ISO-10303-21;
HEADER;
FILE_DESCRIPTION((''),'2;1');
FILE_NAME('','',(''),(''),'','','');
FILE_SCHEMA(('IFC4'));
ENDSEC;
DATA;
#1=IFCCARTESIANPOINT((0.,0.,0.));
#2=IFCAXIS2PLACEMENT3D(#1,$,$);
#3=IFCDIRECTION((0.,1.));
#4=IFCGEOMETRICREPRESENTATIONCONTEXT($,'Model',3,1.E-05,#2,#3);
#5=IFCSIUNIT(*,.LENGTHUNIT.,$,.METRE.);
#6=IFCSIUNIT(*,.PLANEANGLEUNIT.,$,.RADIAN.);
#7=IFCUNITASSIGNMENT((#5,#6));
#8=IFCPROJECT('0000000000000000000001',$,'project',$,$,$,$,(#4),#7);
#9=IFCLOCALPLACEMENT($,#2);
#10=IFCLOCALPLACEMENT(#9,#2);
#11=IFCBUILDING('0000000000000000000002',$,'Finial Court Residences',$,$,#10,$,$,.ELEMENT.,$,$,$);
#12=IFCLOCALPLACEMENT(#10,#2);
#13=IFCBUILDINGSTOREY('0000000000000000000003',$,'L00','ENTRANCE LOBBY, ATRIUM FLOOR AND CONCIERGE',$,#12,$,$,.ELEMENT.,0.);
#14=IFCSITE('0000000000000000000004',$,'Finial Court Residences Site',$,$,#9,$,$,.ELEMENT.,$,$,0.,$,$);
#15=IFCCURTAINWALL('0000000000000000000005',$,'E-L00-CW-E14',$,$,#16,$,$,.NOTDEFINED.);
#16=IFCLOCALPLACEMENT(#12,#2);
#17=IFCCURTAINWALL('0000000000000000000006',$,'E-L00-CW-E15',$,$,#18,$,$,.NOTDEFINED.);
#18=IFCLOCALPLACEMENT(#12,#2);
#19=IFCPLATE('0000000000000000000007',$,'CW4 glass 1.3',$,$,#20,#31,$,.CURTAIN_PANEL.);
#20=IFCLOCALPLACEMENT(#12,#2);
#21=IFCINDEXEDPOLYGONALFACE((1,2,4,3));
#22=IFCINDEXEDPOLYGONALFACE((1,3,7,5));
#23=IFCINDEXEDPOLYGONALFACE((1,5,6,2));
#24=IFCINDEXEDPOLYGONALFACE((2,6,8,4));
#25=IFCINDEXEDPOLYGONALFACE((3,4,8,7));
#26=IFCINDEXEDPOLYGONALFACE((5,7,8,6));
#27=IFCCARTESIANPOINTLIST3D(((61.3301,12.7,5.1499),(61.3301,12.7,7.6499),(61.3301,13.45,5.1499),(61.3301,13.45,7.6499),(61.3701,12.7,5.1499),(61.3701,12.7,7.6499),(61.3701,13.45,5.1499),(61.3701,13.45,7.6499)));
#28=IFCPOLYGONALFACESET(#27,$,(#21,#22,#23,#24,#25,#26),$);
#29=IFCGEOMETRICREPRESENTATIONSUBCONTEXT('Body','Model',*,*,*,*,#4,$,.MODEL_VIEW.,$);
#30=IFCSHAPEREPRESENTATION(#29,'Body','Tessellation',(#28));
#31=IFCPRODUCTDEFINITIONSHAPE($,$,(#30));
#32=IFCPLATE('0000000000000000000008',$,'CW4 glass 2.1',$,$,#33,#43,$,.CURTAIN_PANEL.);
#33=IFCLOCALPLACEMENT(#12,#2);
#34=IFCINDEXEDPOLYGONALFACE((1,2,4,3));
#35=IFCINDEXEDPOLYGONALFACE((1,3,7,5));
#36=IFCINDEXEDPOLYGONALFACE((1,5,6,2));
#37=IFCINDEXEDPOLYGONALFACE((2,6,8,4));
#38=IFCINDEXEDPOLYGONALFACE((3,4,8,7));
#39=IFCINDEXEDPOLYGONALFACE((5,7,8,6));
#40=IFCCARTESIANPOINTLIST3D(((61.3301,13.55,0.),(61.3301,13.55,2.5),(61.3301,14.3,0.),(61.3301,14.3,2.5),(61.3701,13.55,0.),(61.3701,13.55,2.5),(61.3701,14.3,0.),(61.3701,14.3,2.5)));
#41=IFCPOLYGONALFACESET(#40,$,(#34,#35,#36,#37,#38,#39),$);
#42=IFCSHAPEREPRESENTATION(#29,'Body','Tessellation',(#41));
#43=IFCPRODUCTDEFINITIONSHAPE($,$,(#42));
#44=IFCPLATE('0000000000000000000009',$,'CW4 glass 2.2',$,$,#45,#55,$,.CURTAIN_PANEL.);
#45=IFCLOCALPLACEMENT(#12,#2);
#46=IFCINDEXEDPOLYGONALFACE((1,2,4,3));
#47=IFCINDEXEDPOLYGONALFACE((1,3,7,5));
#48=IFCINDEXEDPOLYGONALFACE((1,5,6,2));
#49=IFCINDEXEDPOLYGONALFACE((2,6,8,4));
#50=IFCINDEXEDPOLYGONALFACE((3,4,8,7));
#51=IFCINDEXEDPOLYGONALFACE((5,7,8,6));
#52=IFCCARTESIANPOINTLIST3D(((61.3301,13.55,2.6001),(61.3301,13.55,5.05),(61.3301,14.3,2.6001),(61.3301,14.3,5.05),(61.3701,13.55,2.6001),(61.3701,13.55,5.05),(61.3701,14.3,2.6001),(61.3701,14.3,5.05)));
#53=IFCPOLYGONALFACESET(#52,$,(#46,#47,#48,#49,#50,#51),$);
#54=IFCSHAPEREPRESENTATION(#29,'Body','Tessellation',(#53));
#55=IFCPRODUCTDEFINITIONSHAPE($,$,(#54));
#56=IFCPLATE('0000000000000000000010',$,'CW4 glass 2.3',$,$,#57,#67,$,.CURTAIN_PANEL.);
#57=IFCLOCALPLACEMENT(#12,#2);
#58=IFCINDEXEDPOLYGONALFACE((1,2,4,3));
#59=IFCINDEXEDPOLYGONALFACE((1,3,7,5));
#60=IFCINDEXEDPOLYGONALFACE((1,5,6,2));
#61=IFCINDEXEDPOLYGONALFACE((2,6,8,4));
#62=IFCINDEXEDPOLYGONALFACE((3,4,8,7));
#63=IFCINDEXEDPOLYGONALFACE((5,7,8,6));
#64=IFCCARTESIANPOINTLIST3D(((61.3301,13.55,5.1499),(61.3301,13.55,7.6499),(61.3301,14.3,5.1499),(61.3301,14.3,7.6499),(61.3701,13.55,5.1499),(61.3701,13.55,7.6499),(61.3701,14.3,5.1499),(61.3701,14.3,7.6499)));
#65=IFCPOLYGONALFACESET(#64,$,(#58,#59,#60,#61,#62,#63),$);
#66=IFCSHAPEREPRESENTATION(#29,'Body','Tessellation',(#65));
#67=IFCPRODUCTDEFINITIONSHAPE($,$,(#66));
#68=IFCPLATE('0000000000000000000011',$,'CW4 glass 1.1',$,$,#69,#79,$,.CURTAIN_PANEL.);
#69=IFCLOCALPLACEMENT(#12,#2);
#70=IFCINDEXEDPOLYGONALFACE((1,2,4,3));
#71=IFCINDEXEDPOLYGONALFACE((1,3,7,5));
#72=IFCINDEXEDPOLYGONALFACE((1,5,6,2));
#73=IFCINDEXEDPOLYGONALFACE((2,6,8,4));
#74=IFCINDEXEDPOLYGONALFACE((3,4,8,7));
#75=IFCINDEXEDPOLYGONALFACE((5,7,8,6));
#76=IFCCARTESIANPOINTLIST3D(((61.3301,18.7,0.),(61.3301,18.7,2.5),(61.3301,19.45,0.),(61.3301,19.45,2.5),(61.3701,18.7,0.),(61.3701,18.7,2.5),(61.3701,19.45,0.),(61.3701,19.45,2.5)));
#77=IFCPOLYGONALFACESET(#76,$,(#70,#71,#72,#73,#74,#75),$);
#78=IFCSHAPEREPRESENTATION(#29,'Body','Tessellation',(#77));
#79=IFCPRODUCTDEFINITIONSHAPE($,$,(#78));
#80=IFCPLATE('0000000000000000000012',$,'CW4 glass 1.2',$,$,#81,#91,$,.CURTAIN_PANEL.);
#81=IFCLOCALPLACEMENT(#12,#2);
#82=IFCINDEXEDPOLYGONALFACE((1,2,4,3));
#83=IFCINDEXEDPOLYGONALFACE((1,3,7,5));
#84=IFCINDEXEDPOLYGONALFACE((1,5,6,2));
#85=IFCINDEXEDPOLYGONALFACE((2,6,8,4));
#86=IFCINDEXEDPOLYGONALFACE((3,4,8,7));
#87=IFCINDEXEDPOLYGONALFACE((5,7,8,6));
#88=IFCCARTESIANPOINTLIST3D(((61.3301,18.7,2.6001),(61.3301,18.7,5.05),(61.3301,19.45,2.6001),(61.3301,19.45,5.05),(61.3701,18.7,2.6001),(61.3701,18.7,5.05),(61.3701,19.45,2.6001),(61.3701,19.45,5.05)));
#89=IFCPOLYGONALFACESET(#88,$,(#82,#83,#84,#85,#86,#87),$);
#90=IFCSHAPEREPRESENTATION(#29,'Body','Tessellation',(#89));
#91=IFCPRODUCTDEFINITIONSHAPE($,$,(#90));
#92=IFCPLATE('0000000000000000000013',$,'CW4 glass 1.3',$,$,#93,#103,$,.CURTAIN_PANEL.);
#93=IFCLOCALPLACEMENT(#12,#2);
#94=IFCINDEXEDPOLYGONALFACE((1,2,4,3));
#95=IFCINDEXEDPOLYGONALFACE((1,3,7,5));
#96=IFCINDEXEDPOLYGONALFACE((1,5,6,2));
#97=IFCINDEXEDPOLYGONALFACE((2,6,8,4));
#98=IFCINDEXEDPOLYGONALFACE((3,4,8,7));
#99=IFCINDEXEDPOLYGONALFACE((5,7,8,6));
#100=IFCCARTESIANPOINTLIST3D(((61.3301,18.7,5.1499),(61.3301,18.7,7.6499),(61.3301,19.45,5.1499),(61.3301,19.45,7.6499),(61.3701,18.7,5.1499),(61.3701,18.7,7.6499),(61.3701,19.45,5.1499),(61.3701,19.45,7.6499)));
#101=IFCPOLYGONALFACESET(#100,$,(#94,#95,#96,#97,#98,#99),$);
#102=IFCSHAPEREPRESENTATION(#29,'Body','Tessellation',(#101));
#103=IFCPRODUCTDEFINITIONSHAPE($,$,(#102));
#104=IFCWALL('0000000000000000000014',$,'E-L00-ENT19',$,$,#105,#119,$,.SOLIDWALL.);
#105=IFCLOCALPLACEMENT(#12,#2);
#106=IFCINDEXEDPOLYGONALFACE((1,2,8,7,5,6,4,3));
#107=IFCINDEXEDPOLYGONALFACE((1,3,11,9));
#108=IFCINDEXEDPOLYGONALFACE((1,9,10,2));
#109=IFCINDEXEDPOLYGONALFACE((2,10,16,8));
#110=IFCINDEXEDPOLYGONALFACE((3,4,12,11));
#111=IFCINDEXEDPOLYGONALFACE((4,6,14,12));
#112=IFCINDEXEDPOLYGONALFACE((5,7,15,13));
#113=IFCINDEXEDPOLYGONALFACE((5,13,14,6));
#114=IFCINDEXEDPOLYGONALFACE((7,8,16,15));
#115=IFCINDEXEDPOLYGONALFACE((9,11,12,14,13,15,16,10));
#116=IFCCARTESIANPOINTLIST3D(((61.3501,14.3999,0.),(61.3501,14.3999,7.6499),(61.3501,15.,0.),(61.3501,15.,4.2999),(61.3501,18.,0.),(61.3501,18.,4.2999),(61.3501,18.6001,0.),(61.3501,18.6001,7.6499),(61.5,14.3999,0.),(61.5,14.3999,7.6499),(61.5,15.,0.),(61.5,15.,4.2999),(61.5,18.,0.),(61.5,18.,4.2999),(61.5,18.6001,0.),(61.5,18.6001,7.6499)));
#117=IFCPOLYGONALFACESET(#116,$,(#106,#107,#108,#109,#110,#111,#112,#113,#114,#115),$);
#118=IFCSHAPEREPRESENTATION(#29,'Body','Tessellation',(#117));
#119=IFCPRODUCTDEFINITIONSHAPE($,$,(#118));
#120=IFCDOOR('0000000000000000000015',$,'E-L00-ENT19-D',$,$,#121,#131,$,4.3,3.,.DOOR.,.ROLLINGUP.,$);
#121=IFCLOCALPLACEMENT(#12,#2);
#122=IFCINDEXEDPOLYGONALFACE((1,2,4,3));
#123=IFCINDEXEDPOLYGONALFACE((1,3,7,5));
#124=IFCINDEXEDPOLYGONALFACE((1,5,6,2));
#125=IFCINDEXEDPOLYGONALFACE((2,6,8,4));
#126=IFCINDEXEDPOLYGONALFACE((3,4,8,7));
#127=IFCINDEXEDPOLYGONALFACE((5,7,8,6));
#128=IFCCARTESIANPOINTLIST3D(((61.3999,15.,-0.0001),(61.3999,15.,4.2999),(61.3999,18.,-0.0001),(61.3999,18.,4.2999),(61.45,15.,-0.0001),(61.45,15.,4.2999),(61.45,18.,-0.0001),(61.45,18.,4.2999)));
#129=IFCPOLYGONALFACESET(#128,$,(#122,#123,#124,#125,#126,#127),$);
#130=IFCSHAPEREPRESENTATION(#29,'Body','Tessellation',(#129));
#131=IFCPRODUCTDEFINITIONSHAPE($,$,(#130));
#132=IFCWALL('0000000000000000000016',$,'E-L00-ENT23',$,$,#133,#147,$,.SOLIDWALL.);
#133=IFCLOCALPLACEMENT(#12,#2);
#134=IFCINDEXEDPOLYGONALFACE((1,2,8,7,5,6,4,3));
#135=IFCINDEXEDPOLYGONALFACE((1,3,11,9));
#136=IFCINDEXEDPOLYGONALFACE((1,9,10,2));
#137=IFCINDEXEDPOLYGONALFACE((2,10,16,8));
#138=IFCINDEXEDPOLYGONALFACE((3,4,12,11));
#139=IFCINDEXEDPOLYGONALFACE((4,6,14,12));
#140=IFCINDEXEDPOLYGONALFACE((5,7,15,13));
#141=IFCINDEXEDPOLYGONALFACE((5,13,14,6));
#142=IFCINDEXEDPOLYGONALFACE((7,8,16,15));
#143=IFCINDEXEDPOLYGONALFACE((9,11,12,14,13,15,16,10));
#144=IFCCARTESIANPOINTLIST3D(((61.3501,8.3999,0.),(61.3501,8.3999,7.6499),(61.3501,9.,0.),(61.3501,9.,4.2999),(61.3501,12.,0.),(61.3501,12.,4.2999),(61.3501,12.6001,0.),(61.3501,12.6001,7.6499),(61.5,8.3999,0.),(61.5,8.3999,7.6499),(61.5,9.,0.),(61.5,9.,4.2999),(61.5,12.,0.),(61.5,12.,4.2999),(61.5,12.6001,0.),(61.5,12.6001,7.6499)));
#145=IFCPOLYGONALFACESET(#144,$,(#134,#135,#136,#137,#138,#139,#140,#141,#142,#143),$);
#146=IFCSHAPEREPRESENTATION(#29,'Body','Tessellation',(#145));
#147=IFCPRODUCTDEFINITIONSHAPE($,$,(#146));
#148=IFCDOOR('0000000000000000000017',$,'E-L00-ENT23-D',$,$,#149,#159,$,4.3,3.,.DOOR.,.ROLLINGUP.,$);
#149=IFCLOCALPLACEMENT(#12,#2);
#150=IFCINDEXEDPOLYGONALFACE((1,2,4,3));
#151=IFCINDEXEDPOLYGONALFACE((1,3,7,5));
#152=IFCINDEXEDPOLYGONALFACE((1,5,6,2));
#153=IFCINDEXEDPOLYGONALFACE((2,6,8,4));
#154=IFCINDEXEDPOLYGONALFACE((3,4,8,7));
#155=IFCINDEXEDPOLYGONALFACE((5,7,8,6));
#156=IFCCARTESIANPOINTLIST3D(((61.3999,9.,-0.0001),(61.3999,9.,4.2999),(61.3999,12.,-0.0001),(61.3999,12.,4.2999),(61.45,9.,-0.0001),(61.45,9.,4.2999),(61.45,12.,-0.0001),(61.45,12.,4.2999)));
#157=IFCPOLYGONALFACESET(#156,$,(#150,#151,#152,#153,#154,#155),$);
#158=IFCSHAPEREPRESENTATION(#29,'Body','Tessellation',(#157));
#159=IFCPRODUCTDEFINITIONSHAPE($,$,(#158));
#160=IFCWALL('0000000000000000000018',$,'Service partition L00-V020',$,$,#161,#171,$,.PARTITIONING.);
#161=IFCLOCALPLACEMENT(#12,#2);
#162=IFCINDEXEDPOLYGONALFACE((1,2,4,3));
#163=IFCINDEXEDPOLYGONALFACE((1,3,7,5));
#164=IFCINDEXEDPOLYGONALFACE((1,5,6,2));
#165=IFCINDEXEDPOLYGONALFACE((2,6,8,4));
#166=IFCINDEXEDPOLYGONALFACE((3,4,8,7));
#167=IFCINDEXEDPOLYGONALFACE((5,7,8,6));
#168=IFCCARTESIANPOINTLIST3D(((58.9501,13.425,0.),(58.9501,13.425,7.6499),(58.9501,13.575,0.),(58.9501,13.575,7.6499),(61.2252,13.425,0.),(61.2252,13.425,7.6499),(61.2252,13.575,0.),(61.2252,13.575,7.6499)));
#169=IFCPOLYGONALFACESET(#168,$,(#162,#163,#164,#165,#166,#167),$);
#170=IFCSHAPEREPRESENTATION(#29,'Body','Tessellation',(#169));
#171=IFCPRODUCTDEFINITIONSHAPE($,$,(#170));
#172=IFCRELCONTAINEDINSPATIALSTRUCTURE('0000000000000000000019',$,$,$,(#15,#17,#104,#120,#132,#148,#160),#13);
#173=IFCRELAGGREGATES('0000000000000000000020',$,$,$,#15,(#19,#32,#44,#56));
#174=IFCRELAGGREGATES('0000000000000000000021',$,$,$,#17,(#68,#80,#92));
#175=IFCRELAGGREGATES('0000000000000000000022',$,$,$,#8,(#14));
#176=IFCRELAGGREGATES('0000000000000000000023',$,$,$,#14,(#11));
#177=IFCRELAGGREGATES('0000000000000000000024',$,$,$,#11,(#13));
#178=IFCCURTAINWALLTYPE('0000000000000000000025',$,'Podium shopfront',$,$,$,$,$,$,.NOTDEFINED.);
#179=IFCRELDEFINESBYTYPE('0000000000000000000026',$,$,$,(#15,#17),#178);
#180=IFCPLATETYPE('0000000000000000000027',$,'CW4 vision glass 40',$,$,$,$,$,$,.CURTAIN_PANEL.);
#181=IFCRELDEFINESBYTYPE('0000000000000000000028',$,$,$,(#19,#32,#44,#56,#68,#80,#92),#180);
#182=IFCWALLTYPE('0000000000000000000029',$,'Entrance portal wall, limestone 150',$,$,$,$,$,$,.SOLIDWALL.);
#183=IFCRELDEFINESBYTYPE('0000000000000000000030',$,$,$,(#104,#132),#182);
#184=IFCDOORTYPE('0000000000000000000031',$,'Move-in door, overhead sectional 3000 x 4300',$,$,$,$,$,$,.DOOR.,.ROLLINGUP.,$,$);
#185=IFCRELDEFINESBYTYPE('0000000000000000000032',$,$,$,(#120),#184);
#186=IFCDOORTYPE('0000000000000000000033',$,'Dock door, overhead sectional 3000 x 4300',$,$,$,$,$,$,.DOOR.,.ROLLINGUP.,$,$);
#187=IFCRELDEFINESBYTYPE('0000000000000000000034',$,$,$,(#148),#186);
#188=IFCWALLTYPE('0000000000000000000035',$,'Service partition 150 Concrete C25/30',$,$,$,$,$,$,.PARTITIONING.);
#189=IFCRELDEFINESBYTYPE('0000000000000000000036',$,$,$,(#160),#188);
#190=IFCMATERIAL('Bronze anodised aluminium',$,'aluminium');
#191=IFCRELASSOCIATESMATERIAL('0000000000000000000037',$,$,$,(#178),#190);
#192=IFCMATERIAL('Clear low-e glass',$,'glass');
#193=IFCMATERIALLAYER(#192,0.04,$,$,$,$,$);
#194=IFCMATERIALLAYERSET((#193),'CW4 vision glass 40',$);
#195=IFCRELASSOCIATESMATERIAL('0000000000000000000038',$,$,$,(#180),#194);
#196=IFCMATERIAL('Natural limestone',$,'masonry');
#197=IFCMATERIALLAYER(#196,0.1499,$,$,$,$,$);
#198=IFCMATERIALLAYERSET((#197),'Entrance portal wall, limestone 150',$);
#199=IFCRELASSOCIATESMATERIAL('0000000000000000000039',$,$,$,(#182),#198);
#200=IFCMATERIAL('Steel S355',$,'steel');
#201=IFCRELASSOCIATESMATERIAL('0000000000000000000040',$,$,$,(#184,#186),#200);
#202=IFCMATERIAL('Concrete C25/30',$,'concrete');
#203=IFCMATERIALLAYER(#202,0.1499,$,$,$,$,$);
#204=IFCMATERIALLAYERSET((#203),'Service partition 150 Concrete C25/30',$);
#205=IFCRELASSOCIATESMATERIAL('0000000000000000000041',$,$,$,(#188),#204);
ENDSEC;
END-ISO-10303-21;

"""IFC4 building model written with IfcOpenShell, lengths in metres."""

from ifc_helpers import new_model, si_unit, direction, frame, frame_2d, origin, origin_2d, place, context, subcontext, project, spatial, rectangle, extrude, material, layer, layer_set, type_object, element, fill, aggregate, save


model = new_model("IFC4")

# Units and contexts
model_context = context("Model", 3, precision=1e-05, world=origin(), true_north=direction((0.0, 1.0)))
body_context = subcontext(model_context, "Body", "Model", "MODEL_VIEW")
ifc_project = project(units=[si_unit("LENGTHUNIT", "METRE"), si_unit("PLANEANGLEUNIT", "RADIAN")], contexts=[model_context])

# Site, building, storey
site_placement = place(None, origin())
site = spatial("IfcSite", under=ifc_project, at=site_placement, Name="Finial Court Residences Site", CompositionType="ELEMENT", RefElevation=0.0)
building_placement = place(site_placement, origin())
building = spatial("IfcBuilding", under=site, at=building_placement, Name="Finial Court Residences", CompositionType="ELEMENT")
storey_placement = place(building_placement, origin())
storey = spatial("IfcBuildingStorey", under=building, at=storey_placement, Name="L00", Description="ENTRANCE LOBBY, ATRIUM FLOOR AND CONCIERGE", CompositionType="ELEMENT", Elevation=0.0)

# Curtain wall
ifc_material_1 = material(Name="Bronze anodised aluminium", Category="aluminium")
curtain_wall_type = type_object("IfcCurtainWallType", Name="Podium shopfront", PredefinedType="NOTDEFINED", material=ifc_material_1)
curtain_wall_1_placement = place(storey_placement, origin())
curtain_wall_1 = element("IfcCurtainWall", 1, at=curtain_wall_1_placement, inside=storey, type_object=curtain_wall_type, Name="E-L00-CW-E14", PredefinedType="NOTDEFINED")

# Curtain wall
curtain_wall_2_placement = place(storey_placement, origin())
curtain_wall_2 = element("IfcCurtainWall", 2, at=curtain_wall_2_placement, inside=storey, type_object=curtain_wall_type, Name="E-L00-CW-E15", PredefinedType="NOTDEFINED")

# Plates
ifc_material_2 = material(Name="Clear low-e glass", Category="glass")
ifc_layer_1 = layer(ifc_material_2, 0.04)
ifc_layer_set_1 = layer_set([ifc_layer_1], Name="CW4 vision glass 40")
plate_type = type_object("IfcPlateType", Name="CW4 vision glass 40", PredefinedType="CURTAIN_PANEL", material=ifc_layer_set_1)
plate_1_placement = place(storey_placement, frame((61.3501, 13.075, 5.1499), z_axis=(0.0, 0.0, 1.0), x_axis=(0.0, 1.0, 0.0)))
plate_1 = element("IfcPlate", 3, at=plate_1_placement, type_object=plate_type, Name="CW4 glass 1.3", PredefinedType="CURTAIN_PANEL", context=body_context, shape_type="SweptSolid", body=[
    extrude(rectangle(XDim=0.75, YDim=0.04, at=origin_2d()), origin(), (0.0, 0.0, 1.0), 2.5),
])
plate_2_placement = place(storey_placement, frame((61.3501, 13.925, 0.0), z_axis=(0.0, 0.0, 1.0), x_axis=(0.0, 1.0, 0.0)))
plate_2 = element("IfcPlate", 4, at=plate_2_placement, type_object=plate_type, Name="CW4 glass 2.1", PredefinedType="CURTAIN_PANEL", context=body_context, shape_type="SweptSolid", body=[
    extrude(rectangle(XDim=0.75, YDim=0.04, at=origin_2d()), origin(), (0.0, 0.0, 1.0), 2.5),
])
plate_3_placement = place(storey_placement, frame((61.3501, 13.925, 2.6001), z_axis=(0.0, 0.0, 1.0), x_axis=(0.0, 1.0, 0.0)))
plate_3 = element("IfcPlate", 5, at=plate_3_placement, type_object=plate_type, Name="CW4 glass 2.2", PredefinedType="CURTAIN_PANEL", context=body_context, shape_type="SweptSolid", body=[
    extrude(rectangle(XDim=0.75, YDim=0.04, at=origin_2d()), origin(), (0.0, 0.0, 1.0), 2.45),
])
plate_4_placement = place(storey_placement, frame((61.3501, 13.925, 5.1499), z_axis=(0.0, 0.0, 1.0), x_axis=(0.0, 1.0, 0.0)))
plate_4 = element("IfcPlate", 6, at=plate_4_placement, type_object=plate_type, Name="CW4 glass 2.3", PredefinedType="CURTAIN_PANEL", context=body_context, shape_type="SweptSolid", body=[
    extrude(rectangle(XDim=0.75, YDim=0.04, at=origin_2d()), origin(), (0.0, 0.0, 1.0), 2.5),
])
aggregate(curtain_wall_1, [plate_1, plate_2, plate_3, plate_4])
plate_5_placement = place(storey_placement, frame((61.3501, 19.075, 0.0), z_axis=(0.0, 0.0, 1.0), x_axis=(0.0, 1.0, 0.0)))
plate_5 = element("IfcPlate", 7, at=plate_5_placement, type_object=plate_type, Name="CW4 glass 1.1", PredefinedType="CURTAIN_PANEL", context=body_context, shape_type="SweptSolid", body=[
    extrude(rectangle(XDim=0.75, YDim=0.04, at=origin_2d()), origin(), (0.0, 0.0, 1.0), 2.5),
])
plate_6_placement = place(storey_placement, frame((61.3501, 19.075, 2.6001), z_axis=(0.0, 0.0, 1.0), x_axis=(0.0, 1.0, 0.0)))
plate_6 = element("IfcPlate", 8, at=plate_6_placement, type_object=plate_type, Name="CW4 glass 1.2", PredefinedType="CURTAIN_PANEL", context=body_context, shape_type="SweptSolid", body=[
    extrude(rectangle(XDim=0.75, YDim=0.04, at=origin_2d()), origin(), (0.0, 0.0, 1.0), 2.45),
])
plate_7_placement = place(storey_placement, frame((61.3501, 19.075, 5.1499), z_axis=(0.0, 0.0, 1.0), x_axis=(0.0, 1.0, 0.0)))
plate_7 = element("IfcPlate", 9, at=plate_7_placement, type_object=plate_type, Name="CW4 glass 1.3", PredefinedType="CURTAIN_PANEL", context=body_context, shape_type="SweptSolid", body=[
    extrude(rectangle(XDim=0.75, YDim=0.04, at=origin_2d()), origin(), (0.0, 0.0, 1.0), 2.5),
])
aggregate(curtain_wall_2, [plate_5, plate_6, plate_7])

# Walls, openings, doors
ifc_material_3 = material(Name="Natural limestone", Category="masonry")
ifc_layer_2 = layer(ifc_material_3, 0.1499)
ifc_layer_set_2 = layer_set([ifc_layer_2], Name="Entrance portal wall, limestone 150")
wall_type_1 = type_object("IfcWallType", Name="Entrance portal wall, limestone 150", PredefinedType="SOLIDWALL", material=ifc_layer_set_2)
wall_1_placement = place(storey_placement, frame((61.425, 18.6001, 0.0), z_axis=(0.0, 0.0, 1.0), x_axis=(0.0, -1.0, 0.0)))
wall_1 = element("IfcWall", 10, at=wall_1_placement, inside=storey, type_object=wall_type_1, Name="E-L00-ENT19", PredefinedType="SOLIDWALL", context=body_context, shape_type="SweptSolid", body=[
    extrude(rectangle(XDim=4.2002, YDim=0.1499, at=frame_2d((2.1001, 0.0))), origin(), (0.0, 0.0, 1.0), 7.6499),
])
opening_1_placement = place(wall_1_placement, frame((0.6001, 0.0, 0.0)))
opening_1 = element("IfcOpeningElement", 11, at=opening_1_placement, cuts=wall_1, PredefinedType="OPENING", context=body_context, shape_type="SweptSolid", body=[
    extrude(rectangle(XDim=3.0, YDim=4.3, at=frame_2d((1.5, 2.1499))), frame((0.0, 0.085, 0.0), z_axis=(0.0, -1.0, 0.0), x_axis=(1.0, 0.0, 0.0)), (0.0, 0.0, 1.0), 0.1699),
])
ifc_material_4 = material(Name="Steel S355", Category="steel")
door_type_1 = type_object("IfcDoorType", Name="Move-in door, overhead sectional 3000 x 4300", OperationType="ROLLINGUP", PredefinedType="DOOR", material=ifc_material_4)
door_1_placement = place(opening_1_placement, origin())
door_1 = element("IfcDoor", 12, at=door_1_placement, inside=storey, type_object=door_type_1, Name="E-L00-ENT19-D", OperationType="ROLLINGUP", OverallHeight=4.3, OverallWidth=3.0, PredefinedType="DOOR", context=body_context, shape_type="SweptSolid", body=[
    extrude(rectangle(XDim=3.0, YDim=4.3, at=frame_2d((1.5, 2.1499))), frame((0.0, 0.0249, 0.0), z_axis=(0.0, -1.0, 0.0), x_axis=(1.0, 0.0, 0.0)), (0.0, 0.0, 1.0), 0.05),
])
fill(opening_1, door_1)
wall_2_placement = place(storey_placement, frame((61.425, 12.6001, 0.0), z_axis=(0.0, 0.0, 1.0), x_axis=(0.0, -1.0, 0.0)))
wall_2 = element("IfcWall", 13, at=wall_2_placement, inside=storey, type_object=wall_type_1, Name="E-L00-ENT23", PredefinedType="SOLIDWALL", context=body_context, shape_type="SweptSolid", body=[
    extrude(rectangle(XDim=4.2002, YDim=0.1499, at=frame_2d((2.1001, 0.0))), origin(), (0.0, 0.0, 1.0), 7.6499),
])
opening_2_placement = place(wall_2_placement, frame((0.6001, 0.0, 0.0)))
opening_2 = element("IfcOpeningElement", 14, at=opening_2_placement, cuts=wall_2, PredefinedType="OPENING", context=body_context, shape_type="SweptSolid", body=[
    extrude(rectangle(XDim=3.0, YDim=4.3, at=frame_2d((1.5, 2.1499))), frame((0.0, 0.085, 0.0), z_axis=(0.0, -1.0, 0.0), x_axis=(1.0, 0.0, 0.0)), (0.0, 0.0, 1.0), 0.1699),
])
door_type_2 = type_object("IfcDoorType", Name="Dock door, overhead sectional 3000 x 4300", OperationType="ROLLINGUP", PredefinedType="DOOR", material=ifc_material_4)
door_2_placement = place(opening_2_placement, origin())
door_2 = element("IfcDoor", 15, at=door_2_placement, inside=storey, type_object=door_type_2, Name="E-L00-ENT23-D", OperationType="ROLLINGUP", OverallHeight=4.3, OverallWidth=3.0, PredefinedType="DOOR", context=body_context, shape_type="SweptSolid", body=[
    extrude(rectangle(XDim=3.0, YDim=4.3, at=frame_2d((1.5, 2.1499))), frame((0.0, 0.0249, 0.0), z_axis=(0.0, -1.0, 0.0), x_axis=(1.0, 0.0, 0.0)), (0.0, 0.0, 1.0), 0.05),
])
fill(opening_2, door_2)

# Wall
ifc_material_5 = material(Name="Concrete C25/30", Category="concrete")
ifc_layer_3 = layer(ifc_material_5, 0.1499)
ifc_layer_set_3 = layer_set([ifc_layer_3], Name="Service partition 150 Concrete C25/30")
wall_type_2 = type_object("IfcWallType", Name="Service partition 150 Concrete C25/30", PredefinedType="PARTITIONING", material=ifc_layer_set_3)
wall_3_placement = place(storey_placement, frame((58.95, 13.5, 0.0), z_axis=(0.0, 0.0, 1.0), x_axis=(1.0, 0.0, 0.0)))
element("IfcWall", 16, at=wall_3_placement, inside=storey, type_object=wall_type_2, Name="Service partition L00-V020", PredefinedType="PARTITIONING", context=body_context, shape_type="SweptSolid", body=[
    extrude(rectangle(XDim=2.2751, YDim=0.1499, at=frame_2d((1.1377, 0.0))), origin(), (0.0, 0.0, 1.0), 7.6499),
])

save(model, "model.ifc")
